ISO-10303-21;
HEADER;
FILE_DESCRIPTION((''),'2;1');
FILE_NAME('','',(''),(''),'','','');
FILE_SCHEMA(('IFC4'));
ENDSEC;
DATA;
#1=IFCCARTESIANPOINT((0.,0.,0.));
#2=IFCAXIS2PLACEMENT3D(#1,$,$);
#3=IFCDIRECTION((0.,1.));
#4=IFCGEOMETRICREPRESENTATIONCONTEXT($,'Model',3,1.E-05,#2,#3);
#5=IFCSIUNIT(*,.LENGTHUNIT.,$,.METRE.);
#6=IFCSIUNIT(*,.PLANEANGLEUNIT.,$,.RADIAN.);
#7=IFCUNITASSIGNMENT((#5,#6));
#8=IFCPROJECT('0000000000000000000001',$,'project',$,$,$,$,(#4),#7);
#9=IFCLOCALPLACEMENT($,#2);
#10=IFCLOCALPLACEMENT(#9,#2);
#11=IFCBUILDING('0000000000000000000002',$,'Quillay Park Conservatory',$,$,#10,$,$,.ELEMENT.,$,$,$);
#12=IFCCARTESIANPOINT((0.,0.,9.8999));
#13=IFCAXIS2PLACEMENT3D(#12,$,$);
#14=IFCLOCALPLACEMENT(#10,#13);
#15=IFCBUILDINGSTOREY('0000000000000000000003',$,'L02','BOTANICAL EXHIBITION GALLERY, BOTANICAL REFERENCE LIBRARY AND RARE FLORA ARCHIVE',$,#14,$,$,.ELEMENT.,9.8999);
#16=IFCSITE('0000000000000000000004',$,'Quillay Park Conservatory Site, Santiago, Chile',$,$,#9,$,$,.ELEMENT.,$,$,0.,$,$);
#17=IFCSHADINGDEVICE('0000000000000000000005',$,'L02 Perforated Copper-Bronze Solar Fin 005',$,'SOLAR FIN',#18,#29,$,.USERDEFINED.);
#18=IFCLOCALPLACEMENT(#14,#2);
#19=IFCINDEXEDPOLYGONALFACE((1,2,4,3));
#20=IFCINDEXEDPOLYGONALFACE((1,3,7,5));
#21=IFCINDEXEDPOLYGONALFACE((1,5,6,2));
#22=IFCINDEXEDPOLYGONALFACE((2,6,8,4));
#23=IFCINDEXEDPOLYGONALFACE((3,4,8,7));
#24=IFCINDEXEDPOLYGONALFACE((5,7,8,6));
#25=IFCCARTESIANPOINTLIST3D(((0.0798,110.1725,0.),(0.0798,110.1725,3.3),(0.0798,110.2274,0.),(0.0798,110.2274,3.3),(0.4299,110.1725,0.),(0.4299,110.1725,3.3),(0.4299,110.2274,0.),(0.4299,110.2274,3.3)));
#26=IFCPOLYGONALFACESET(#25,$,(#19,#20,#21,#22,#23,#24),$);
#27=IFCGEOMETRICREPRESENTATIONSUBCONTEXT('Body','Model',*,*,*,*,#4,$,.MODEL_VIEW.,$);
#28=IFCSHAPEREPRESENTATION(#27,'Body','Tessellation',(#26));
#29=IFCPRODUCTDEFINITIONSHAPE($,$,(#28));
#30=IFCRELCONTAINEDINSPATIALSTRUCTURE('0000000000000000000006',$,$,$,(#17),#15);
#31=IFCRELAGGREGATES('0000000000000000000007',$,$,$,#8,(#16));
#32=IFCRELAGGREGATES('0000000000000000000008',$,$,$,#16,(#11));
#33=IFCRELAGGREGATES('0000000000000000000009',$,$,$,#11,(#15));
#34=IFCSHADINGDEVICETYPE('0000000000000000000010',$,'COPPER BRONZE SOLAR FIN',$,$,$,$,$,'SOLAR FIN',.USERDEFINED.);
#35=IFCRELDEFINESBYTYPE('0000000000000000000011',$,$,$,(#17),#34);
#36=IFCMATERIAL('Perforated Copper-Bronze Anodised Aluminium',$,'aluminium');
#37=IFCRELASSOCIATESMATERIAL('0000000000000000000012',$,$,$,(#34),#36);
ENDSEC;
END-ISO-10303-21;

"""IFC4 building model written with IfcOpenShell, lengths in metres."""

from ifc_helpers import new_model, si_unit, direction, frame, origin, origin_2d, place, context, subcontext, project, spatial, rectangle, extrude, material, type_object, element, save


model = new_model("IFC4")

# Units and contexts
model_context = context("Model", 3, precision=1e-05, world=origin(), true_north=direction((0.0, 1.0)))
body_context = subcontext(model_context, "Body", "Model", "MODEL_VIEW")
ifc_project = project(units=[si_unit("LENGTHUNIT", "METRE"), si_unit("PLANEANGLEUNIT", "RADIAN")], contexts=[model_context])

# Site, building, storey
site_placement = place(None, origin())
site = spatial("IfcSite", under=ifc_project, at=site_placement, Name="Quillay Park Conservatory Site, Santiago, Chile", CompositionType="ELEMENT", RefElevation=0.0)
building_placement = place(site_placement, origin())
building = spatial("IfcBuilding", under=site, at=building_placement, Name="Quillay Park Conservatory", CompositionType="ELEMENT")
storey_placement = place(building_placement, frame((0.0, 0.0, 9.8999)))
storey = spatial("IfcBuildingStorey", under=building, at=storey_placement, Name="L02", Description="BOTANICAL EXHIBITION GALLERY, BOTANICAL REFERENCE LIBRARY AND RARE FLORA ARCHIVE", CompositionType="ELEMENT", Elevation=9.8999)

# Shading device
ifc_material_1 = material(Name="Perforated Copper-Bronze Anodised Aluminium", Category="aluminium")
shading_device_type = type_object("IfcShadingDeviceType", Name="COPPER BRONZE SOLAR FIN", ElementType="SOLAR FIN", PredefinedType="USERDEFINED", material=ifc_material_1)
shading_device_placement = place(storey_placement, frame((0.2549, 110.2, 0.0), z_axis=(0.0, 0.0, 1.0), x_axis=(1.0, 0.0, 0.0)))
element("IfcShadingDevice", 1, at=shading_device_placement, inside=storey, type_object=shading_device_type, Name="L02 Perforated Copper-Bronze Solar Fin 005", ObjectType="SOLAR FIN", PredefinedType="USERDEFINED", context=body_context, shape_type="SweptSolid", body=[
    extrude(rectangle(XDim=0.3501, YDim=0.0549, at=origin_2d()), origin(), (0.0, 0.0, 1.0), 3.3),
])

save(model, "model.ifc")
